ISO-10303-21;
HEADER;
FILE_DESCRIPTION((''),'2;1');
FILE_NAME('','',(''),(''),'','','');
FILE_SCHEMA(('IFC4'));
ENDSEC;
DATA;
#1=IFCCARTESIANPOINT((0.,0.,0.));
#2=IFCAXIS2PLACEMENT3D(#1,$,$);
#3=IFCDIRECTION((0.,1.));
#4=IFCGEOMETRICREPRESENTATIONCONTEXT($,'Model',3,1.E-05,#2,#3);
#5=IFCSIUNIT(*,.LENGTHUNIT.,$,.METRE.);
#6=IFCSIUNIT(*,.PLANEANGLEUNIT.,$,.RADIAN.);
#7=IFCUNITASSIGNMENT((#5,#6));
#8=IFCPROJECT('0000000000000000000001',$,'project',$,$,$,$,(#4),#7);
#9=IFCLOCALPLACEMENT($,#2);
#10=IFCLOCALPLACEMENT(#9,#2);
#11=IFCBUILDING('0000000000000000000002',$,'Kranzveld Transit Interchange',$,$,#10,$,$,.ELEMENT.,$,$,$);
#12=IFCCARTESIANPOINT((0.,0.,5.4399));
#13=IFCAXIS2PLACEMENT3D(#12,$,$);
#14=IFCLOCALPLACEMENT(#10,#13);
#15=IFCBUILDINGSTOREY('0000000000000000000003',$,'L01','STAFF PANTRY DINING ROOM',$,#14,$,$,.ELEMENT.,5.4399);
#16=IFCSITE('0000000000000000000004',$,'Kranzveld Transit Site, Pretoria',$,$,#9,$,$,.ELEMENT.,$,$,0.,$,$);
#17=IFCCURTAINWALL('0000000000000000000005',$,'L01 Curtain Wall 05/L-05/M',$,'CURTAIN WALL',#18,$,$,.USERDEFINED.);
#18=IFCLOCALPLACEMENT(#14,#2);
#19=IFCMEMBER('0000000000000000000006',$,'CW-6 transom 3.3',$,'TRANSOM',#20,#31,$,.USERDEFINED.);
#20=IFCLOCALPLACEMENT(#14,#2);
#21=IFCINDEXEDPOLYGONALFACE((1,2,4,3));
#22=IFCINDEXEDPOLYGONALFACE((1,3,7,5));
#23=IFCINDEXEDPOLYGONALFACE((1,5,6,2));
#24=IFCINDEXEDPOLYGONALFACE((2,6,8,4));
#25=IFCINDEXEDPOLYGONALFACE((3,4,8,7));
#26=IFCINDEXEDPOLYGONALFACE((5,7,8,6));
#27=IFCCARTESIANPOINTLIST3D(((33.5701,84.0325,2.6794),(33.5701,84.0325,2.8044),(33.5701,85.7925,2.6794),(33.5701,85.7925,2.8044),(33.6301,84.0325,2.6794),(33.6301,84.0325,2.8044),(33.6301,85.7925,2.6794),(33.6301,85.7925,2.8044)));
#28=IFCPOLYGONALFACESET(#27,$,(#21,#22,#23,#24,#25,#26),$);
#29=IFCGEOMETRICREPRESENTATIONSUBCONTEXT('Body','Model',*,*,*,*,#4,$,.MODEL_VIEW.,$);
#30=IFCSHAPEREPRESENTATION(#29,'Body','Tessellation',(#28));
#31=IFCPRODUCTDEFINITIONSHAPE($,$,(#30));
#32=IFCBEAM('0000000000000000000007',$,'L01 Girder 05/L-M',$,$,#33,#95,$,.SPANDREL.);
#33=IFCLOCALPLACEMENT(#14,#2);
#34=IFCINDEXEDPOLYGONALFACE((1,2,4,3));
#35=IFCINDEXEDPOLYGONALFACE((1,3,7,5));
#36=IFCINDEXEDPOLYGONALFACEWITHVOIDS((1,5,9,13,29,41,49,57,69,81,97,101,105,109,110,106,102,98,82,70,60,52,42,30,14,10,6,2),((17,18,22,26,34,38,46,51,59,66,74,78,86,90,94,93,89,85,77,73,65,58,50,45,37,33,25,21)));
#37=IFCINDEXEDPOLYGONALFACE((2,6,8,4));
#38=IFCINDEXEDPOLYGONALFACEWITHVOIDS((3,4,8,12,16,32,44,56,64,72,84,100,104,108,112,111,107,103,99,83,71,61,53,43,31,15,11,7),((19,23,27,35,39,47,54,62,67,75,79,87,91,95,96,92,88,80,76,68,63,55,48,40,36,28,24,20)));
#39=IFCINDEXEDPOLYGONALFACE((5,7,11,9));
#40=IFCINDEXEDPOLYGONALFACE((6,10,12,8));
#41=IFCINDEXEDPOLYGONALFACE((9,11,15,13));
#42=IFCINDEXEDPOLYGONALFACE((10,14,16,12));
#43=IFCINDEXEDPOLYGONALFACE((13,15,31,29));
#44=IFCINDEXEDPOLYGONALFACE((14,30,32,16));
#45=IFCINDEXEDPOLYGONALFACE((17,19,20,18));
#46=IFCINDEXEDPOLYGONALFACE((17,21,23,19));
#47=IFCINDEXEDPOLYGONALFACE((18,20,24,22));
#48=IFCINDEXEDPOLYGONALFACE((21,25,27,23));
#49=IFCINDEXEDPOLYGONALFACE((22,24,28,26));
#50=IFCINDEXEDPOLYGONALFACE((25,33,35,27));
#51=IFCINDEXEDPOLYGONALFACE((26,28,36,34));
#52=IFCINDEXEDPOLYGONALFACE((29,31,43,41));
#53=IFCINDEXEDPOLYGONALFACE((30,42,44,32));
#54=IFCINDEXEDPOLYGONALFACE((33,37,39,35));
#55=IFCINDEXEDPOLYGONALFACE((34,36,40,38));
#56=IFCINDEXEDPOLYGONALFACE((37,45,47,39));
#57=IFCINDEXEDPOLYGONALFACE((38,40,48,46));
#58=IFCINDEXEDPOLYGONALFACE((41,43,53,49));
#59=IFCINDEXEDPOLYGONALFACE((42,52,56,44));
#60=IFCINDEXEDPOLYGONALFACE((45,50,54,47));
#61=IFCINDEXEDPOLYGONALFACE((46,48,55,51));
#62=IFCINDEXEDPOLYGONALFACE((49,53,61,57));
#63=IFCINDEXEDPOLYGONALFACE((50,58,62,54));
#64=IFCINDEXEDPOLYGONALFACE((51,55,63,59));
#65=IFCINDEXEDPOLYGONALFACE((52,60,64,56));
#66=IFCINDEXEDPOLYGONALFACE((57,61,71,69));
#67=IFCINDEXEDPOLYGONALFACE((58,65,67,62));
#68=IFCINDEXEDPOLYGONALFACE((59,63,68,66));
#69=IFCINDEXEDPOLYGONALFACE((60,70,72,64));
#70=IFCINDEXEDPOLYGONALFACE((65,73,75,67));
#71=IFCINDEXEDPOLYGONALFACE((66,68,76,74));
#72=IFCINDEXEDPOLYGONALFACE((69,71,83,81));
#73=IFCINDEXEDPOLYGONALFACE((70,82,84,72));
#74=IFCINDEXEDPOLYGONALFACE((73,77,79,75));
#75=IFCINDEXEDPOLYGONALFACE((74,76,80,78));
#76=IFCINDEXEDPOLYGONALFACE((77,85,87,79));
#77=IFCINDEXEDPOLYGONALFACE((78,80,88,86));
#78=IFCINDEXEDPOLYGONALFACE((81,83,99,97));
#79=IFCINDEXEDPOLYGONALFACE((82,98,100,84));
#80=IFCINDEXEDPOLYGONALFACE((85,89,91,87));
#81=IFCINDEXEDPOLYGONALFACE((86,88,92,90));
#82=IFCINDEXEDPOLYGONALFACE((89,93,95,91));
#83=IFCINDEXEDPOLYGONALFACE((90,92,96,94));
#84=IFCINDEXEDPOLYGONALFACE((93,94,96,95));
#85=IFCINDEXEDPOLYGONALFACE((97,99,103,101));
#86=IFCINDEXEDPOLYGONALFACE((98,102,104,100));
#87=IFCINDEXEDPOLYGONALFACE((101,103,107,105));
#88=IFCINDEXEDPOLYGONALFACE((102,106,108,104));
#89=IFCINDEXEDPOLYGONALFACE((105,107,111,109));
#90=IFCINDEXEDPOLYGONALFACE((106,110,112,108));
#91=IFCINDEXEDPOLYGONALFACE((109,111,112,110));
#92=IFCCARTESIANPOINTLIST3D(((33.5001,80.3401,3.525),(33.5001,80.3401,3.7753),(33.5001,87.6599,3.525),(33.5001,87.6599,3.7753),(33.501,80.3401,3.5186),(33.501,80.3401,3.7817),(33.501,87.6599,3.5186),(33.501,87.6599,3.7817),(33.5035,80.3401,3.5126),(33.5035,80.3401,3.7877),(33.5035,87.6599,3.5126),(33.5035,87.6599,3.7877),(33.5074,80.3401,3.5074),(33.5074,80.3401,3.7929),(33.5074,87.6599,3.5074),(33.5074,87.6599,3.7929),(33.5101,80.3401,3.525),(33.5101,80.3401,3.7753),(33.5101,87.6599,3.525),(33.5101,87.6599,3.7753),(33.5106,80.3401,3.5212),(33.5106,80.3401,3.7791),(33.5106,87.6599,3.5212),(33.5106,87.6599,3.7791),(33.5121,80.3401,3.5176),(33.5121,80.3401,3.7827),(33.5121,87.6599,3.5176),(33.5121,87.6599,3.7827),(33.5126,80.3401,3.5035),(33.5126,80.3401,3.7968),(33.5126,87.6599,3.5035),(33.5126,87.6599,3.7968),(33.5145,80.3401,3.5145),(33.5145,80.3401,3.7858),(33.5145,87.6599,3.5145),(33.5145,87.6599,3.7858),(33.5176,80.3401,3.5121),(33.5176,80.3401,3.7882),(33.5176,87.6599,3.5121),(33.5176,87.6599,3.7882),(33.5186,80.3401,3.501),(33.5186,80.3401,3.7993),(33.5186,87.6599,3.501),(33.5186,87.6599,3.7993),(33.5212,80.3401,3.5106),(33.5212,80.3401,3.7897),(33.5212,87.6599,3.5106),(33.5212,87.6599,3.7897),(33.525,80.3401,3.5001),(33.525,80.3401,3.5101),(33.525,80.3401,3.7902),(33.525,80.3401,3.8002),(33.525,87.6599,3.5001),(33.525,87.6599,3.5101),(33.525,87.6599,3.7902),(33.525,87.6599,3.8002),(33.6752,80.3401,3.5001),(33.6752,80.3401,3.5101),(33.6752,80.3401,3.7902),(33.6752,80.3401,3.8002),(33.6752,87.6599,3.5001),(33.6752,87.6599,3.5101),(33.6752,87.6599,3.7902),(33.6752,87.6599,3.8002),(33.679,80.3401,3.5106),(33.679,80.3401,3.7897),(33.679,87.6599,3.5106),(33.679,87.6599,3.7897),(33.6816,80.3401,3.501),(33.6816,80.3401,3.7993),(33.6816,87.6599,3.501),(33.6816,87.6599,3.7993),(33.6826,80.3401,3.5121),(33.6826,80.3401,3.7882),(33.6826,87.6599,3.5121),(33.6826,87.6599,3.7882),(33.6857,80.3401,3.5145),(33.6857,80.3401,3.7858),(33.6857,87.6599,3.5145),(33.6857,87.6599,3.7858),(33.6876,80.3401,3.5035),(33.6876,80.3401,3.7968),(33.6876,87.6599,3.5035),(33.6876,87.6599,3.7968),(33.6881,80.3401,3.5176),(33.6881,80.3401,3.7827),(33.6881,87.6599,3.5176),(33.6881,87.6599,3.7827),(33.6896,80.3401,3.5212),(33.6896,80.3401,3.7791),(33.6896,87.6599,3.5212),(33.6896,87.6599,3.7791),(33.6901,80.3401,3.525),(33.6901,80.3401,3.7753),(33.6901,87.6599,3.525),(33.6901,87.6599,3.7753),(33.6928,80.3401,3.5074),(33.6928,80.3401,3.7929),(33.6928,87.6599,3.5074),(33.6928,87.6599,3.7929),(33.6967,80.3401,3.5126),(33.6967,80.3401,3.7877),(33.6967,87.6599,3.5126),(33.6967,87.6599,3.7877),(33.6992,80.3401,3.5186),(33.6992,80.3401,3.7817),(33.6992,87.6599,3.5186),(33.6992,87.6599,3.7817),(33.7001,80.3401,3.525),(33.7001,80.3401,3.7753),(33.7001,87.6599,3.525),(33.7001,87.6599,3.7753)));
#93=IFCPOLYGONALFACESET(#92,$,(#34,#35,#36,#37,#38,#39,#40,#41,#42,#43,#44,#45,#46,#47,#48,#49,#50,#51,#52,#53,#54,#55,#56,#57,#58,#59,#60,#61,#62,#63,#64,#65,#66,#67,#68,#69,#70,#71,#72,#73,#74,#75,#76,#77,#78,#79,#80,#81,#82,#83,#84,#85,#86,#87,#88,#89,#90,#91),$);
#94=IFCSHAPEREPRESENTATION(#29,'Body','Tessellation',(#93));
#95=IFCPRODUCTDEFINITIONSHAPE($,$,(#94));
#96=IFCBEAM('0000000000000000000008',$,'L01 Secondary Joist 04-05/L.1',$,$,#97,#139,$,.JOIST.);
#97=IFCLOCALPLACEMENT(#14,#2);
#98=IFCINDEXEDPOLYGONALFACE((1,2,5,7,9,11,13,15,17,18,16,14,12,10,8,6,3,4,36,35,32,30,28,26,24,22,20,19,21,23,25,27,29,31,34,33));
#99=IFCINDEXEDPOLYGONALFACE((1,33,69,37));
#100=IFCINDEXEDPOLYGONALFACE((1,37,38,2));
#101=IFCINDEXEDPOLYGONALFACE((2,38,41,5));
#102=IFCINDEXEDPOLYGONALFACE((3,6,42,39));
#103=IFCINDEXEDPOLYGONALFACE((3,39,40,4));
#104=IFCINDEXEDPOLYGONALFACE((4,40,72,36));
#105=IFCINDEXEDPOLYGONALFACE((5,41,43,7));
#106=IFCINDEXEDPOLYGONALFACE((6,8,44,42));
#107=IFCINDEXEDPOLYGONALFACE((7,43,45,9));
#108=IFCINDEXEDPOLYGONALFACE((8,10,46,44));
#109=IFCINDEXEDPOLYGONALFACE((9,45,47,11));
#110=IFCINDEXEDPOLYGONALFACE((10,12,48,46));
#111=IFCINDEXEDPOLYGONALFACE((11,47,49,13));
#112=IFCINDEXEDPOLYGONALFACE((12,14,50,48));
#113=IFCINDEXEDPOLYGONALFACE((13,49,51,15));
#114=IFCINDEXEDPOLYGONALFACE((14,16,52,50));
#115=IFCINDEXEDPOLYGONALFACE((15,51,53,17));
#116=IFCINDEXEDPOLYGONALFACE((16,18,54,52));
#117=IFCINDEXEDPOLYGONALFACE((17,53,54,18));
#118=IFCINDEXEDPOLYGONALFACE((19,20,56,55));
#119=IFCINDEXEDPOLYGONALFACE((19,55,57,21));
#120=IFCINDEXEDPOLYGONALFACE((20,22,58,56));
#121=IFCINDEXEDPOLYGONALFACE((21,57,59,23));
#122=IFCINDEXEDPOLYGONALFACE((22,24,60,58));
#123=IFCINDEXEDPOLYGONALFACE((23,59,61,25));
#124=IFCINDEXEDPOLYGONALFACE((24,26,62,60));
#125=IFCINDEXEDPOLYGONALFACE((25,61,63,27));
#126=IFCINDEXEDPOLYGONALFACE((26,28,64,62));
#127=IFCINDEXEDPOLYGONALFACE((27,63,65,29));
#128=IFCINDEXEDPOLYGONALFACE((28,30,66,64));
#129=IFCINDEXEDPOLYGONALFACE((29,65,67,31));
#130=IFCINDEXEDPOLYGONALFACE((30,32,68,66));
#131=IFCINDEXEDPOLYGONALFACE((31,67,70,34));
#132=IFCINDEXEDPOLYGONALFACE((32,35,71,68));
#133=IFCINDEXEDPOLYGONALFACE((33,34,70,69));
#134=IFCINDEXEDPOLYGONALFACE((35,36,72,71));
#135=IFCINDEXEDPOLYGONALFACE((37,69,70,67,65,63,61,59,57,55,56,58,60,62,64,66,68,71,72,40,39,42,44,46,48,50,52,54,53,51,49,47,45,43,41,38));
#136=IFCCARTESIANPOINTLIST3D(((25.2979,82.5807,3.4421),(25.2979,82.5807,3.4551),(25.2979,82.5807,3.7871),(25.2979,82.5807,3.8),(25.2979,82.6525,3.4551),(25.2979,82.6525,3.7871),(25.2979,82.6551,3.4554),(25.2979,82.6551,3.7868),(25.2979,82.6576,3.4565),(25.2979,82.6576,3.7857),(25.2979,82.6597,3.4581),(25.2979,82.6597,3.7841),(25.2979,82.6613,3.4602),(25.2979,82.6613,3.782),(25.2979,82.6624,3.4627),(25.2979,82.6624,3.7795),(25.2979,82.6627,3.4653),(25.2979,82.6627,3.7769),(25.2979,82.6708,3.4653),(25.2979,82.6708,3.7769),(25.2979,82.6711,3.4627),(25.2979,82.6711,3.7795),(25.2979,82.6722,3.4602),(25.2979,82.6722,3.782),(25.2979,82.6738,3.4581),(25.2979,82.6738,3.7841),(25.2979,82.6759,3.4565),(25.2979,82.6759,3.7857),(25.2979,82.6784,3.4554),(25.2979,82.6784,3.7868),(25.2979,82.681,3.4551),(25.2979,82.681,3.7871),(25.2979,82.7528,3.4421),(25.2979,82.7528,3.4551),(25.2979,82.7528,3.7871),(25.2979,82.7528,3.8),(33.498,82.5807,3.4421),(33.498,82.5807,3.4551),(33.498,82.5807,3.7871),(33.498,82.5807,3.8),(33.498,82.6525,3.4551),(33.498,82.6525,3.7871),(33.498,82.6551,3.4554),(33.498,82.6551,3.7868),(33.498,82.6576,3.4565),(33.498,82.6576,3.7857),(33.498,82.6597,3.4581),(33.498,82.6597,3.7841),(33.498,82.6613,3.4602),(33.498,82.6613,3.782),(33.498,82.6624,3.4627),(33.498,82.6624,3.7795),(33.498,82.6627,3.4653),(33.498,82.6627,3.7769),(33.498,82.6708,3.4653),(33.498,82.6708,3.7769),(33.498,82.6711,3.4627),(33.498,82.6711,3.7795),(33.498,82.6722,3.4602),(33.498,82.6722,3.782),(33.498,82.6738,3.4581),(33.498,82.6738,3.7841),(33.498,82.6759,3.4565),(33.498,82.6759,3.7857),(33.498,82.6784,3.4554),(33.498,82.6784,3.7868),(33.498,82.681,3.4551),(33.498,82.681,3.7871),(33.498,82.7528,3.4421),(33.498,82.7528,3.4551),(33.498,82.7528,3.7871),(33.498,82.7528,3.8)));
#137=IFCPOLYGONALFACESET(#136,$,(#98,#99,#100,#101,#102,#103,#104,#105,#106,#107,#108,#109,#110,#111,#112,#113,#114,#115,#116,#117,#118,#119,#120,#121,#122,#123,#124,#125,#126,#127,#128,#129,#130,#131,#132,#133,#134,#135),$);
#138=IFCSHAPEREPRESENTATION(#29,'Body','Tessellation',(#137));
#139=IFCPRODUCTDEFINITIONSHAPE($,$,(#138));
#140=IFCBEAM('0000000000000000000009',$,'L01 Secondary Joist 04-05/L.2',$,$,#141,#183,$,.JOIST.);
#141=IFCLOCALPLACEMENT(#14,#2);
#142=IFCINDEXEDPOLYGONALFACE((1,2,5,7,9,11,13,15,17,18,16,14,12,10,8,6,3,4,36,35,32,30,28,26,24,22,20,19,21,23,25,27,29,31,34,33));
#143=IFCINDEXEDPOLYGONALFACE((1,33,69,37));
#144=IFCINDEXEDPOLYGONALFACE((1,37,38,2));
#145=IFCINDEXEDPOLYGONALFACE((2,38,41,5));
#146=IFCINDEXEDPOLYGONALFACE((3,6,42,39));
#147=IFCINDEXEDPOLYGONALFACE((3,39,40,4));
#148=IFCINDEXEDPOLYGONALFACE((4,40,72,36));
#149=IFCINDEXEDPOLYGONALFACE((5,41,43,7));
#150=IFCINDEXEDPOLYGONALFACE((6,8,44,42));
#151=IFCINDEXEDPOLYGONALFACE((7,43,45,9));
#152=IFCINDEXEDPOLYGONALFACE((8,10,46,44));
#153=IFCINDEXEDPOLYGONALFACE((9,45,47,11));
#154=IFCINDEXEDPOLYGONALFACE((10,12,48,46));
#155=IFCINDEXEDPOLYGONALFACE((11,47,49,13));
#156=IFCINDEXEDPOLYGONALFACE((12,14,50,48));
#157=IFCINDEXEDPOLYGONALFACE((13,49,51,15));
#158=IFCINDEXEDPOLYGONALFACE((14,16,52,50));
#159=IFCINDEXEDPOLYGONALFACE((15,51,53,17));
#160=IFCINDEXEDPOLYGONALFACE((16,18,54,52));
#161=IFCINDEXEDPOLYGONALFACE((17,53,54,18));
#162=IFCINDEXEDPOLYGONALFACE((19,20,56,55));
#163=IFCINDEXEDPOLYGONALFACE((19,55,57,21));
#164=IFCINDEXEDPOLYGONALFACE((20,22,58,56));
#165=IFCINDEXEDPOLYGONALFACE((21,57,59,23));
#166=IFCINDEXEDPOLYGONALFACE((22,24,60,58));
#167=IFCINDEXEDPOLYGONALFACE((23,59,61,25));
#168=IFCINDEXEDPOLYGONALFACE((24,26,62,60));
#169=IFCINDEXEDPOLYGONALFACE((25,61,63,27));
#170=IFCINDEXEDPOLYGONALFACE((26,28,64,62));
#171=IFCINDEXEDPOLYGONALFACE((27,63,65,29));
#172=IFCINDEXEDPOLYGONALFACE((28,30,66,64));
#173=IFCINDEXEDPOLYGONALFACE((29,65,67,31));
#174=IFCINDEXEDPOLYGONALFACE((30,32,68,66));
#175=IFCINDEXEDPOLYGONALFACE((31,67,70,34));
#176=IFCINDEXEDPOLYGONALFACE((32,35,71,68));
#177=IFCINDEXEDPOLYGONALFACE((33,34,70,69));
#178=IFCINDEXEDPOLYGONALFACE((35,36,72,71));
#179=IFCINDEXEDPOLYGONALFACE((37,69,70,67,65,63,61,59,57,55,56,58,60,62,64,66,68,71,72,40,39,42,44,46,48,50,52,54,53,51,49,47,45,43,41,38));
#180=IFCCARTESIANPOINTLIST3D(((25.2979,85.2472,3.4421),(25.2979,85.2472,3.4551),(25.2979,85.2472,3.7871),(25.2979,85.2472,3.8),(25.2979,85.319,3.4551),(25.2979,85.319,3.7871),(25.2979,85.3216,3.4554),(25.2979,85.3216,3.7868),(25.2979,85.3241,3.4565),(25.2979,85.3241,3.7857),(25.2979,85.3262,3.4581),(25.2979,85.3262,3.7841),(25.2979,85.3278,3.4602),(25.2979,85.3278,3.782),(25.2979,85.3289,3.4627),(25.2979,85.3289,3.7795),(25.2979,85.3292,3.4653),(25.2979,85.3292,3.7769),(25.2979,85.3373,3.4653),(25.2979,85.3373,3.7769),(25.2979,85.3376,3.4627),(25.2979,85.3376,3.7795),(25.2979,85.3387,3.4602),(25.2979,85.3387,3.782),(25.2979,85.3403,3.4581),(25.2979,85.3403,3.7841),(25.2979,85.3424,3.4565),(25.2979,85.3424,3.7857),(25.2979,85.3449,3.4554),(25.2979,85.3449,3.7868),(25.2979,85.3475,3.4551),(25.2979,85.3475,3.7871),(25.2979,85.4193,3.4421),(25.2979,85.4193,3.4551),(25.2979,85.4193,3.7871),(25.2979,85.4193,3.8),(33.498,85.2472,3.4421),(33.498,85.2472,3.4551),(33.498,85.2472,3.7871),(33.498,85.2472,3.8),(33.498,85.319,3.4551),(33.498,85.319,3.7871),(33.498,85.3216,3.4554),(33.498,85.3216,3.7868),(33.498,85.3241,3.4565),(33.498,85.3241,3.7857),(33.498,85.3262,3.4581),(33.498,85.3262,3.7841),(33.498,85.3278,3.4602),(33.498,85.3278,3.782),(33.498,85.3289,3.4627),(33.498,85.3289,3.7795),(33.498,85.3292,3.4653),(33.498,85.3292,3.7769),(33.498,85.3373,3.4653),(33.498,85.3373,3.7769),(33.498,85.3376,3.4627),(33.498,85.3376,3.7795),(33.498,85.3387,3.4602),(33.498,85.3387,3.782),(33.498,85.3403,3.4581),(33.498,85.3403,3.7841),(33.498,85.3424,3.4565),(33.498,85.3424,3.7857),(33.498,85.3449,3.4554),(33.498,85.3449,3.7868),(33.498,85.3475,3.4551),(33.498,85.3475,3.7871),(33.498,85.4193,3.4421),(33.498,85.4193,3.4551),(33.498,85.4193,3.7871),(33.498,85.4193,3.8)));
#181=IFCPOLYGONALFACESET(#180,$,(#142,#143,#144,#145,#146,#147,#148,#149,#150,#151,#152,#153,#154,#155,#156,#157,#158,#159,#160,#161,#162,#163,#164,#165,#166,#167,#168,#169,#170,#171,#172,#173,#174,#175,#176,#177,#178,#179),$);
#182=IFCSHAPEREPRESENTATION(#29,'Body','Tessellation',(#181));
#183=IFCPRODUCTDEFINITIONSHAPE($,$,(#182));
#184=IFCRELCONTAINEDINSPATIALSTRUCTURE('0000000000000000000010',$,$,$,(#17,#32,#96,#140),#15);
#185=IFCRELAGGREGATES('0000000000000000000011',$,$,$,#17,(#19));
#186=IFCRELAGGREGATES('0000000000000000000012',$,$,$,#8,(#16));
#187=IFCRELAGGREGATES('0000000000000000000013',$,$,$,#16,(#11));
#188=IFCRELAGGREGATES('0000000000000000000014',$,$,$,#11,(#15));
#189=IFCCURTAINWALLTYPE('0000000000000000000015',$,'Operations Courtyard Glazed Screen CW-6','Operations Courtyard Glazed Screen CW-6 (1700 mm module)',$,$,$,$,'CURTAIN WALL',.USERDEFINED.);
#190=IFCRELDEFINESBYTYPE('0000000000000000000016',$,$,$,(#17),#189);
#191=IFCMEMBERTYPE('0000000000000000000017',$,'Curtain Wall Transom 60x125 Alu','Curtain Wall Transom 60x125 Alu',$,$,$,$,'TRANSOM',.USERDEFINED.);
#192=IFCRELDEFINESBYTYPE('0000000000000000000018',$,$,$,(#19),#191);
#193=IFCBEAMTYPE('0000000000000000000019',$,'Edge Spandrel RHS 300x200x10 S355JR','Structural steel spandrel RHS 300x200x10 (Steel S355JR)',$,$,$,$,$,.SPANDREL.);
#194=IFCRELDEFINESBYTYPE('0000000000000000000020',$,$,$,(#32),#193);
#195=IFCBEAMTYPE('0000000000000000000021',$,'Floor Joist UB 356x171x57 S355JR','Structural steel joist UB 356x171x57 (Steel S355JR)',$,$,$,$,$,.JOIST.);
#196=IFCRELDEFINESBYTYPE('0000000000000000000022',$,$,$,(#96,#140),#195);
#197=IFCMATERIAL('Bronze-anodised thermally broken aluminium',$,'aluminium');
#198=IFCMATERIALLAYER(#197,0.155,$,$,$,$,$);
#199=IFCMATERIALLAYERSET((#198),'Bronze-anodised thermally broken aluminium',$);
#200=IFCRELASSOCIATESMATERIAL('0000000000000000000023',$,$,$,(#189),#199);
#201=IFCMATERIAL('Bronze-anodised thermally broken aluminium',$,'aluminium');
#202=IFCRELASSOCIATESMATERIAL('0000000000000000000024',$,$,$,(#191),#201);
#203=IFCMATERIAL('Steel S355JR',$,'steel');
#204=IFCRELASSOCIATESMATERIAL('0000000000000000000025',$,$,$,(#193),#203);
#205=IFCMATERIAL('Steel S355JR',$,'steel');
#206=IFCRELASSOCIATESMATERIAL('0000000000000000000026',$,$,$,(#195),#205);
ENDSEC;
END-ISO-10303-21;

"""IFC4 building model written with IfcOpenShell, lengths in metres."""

from ifc_helpers import new_model, si_unit, direction, frame, origin, origin_2d, place, context, subcontext, project, spatial, rectangle, hollow_rectangle, i_section, extrude, material, layer, layer_set, material_profile, profile_set, type_object, element, aggregate, save


model = new_model("IFC4")

# Units and contexts
model_context = context("Model", 3, precision=1e-05, world=origin(), true_north=direction((0.0, 1.0)))
body_context = subcontext(model_context, "Body", "Model", "MODEL_VIEW")
ifc_project = project(units=[si_unit("LENGTHUNIT", "METRE"), si_unit("PLANEANGLEUNIT", "RADIAN")], contexts=[model_context])

# Site, building, storey
site_placement = place(None, origin())
site = spatial("IfcSite", under=ifc_project, at=site_placement, Name="Kranzveld Transit Site, Pretoria", CompositionType="ELEMENT", RefElevation=0.0)
building_placement = place(site_placement, origin())
building = spatial("IfcBuilding", under=site, at=building_placement, Name="Kranzveld Transit Interchange", CompositionType="ELEMENT")
storey_placement = place(building_placement, frame((0.0, 0.0, 5.4399)))
storey = spatial("IfcBuildingStorey", under=building, at=storey_placement, Name="L01", Description="STAFF PANTRY DINING ROOM", CompositionType="ELEMENT", Elevation=5.4399)

# Curtain wall, member
ifc_material_1 = material(Name="Bronze-anodised thermally broken aluminium", Category="aluminium")
ifc_layer_1 = layer(ifc_material_1, 0.155)
ifc_layer_set_1 = layer_set([ifc_layer_1], Name="Bronze-anodised thermally broken aluminium")
curtain_wall_type = type_object("IfcCurtainWallType", Name="Operations Courtyard Glazed Screen CW-6", Description="Operations Courtyard Glazed Screen CW-6 (1700 mm module)", ElementType="CURTAIN WALL", PredefinedType="USERDEFINED", material=ifc_layer_set_1)
curtain_wall_placement = place(storey_placement, origin())
curtain_wall = element("IfcCurtainWall", 1, at=curtain_wall_placement, inside=storey, type_object=curtain_wall_type, Name="L01 Curtain Wall 05/L-05/M", ObjectType="CURTAIN WALL", PredefinedType="USERDEFINED")
ifc_material_2 = material(Name="Bronze-anodised thermally broken aluminium", Category="aluminium")
ifc_material_profile_1 = material_profile(ifc_material_2, rectangle(XDim=0.0601, YDim=0.125, at=origin_2d()), Name="ALU TRANSOM 60x125")
ifc_profile_set_1 = profile_set([ifc_material_profile_1], Name="Bronze-anodised thermally broken aluminium")
member_type_1 = type_object("IfcMemberType", Name="Curtain Wall Transom 60x125 Alu", Description="Curtain Wall Transom 60x125 Alu", ElementType="TRANSOM", PredefinedType="USERDEFINED", material=ifc_profile_set_1)
member_1_placement = place(storey_placement, frame((33.6001, 84.0325, 2.7419), z_axis=(0.0, 1.0, 0.0), x_axis=(-1.0, 0.0, 0.0)))
member_1 = element("IfcMember", 2, at=member_1_placement, type_object=member_type_1, Name="CW-6 transom 3.3", ObjectType="TRANSOM", PredefinedType="USERDEFINED", context=body_context, shape_type="SweptSolid", body=[
    extrude(rectangle(XDim=0.0601, YDim=0.125, at=origin_2d()), origin(), (0.0, 0.0, 1.0), 1.76),
])

# Beams
ifc_material_3 = material(Name="Steel S355JR", Category="steel")
ifc_material_profile_2 = material_profile(ifc_material_3, hollow_rectangle(XDim=0.2, YDim=0.3, WallThickness=0.01, InnerFilletRadius=0.0149, OuterFilletRadius=0.0249, at=origin_2d()), Name="RHS 300x200x10")
ifc_profile_set_2 = profile_set([ifc_material_profile_2], Name="Steel S355JR")
beam_type_1 = type_object("IfcBeamType", Name="Edge Spandrel RHS 300x200x10 S355JR", Description="Structural steel spandrel RHS 300x200x10 (Steel S355JR)", PredefinedType="SPANDREL", material=ifc_profile_set_2)
beam_1_placement = place(storey_placement, frame((33.6001, 80.3401, 3.6501), z_axis=(0.0, 1.0, 0.0), x_axis=(-1.0, 0.0, 0.0)))
element("IfcBeam", 3, at=beam_1_placement, inside=storey, type_object=beam_type_1, Name="L01 Girder 05/L-M", PredefinedType="SPANDREL", context=body_context, shape_type="SweptSolid", body=[
    extrude(hollow_rectangle(XDim=0.2, YDim=0.3, WallThickness=0.01, InnerFilletRadius=0.0149, OuterFilletRadius=0.0249, at=origin_2d()), origin(), (0.0, 0.0, 1.0), 7.3198),
])
ifc_material_4 = material(Name="Steel S355JR", Category="steel")
ifc_material_profile_3 = material_profile(ifc_material_4, i_section(OverallWidth=0.1721, OverallDepth=0.3579, WebThickness=0.0081, FlangeThickness=0.0129, FilletRadius=0.0103, at=origin_2d()), Name="UB 356x171x57")
ifc_profile_set_3 = profile_set([ifc_material_profile_3], Name="Steel S355JR")
beam_type_2 = type_object("IfcBeamType", Name="Floor Joist UB 356x171x57 S355JR", Description="Structural steel joist UB 356x171x57 (Steel S355JR)", PredefinedType="JOIST", material=ifc_profile_set_3)
for number, where, z_axis, x_axis, name in (
    (4, (25.2979, 82.6667, 3.6211), (1.0, 0.0, 0.0), (0.0, 1.0, 0.0), "L01 Secondary Joist 04-05/L.1"),
    (5, (25.2979, 85.3333, 3.6211), (1.0, 0.0, 0.0), (0.0, 1.0, 0.0), "L01 Secondary Joist 04-05/L.2"),
):
    element("IfcBeam", number, at=place(storey_placement, frame(where, z_axis=z_axis, x_axis=x_axis)), inside=storey, type_object=beam_type_2, Name=name, PredefinedType="JOIST", context=body_context, shape_type="SweptSolid", body=[
        extrude(i_section(OverallWidth=0.1721, OverallDepth=0.3579, WebThickness=0.0081, FlangeThickness=0.0129, FilletRadius=0.0103, at=origin_2d()), origin(), (0.0, 0.0, 1.0), 8.2002),
    ])

aggregate(curtain_wall, [member_1])

save(model, "model.ifc")
